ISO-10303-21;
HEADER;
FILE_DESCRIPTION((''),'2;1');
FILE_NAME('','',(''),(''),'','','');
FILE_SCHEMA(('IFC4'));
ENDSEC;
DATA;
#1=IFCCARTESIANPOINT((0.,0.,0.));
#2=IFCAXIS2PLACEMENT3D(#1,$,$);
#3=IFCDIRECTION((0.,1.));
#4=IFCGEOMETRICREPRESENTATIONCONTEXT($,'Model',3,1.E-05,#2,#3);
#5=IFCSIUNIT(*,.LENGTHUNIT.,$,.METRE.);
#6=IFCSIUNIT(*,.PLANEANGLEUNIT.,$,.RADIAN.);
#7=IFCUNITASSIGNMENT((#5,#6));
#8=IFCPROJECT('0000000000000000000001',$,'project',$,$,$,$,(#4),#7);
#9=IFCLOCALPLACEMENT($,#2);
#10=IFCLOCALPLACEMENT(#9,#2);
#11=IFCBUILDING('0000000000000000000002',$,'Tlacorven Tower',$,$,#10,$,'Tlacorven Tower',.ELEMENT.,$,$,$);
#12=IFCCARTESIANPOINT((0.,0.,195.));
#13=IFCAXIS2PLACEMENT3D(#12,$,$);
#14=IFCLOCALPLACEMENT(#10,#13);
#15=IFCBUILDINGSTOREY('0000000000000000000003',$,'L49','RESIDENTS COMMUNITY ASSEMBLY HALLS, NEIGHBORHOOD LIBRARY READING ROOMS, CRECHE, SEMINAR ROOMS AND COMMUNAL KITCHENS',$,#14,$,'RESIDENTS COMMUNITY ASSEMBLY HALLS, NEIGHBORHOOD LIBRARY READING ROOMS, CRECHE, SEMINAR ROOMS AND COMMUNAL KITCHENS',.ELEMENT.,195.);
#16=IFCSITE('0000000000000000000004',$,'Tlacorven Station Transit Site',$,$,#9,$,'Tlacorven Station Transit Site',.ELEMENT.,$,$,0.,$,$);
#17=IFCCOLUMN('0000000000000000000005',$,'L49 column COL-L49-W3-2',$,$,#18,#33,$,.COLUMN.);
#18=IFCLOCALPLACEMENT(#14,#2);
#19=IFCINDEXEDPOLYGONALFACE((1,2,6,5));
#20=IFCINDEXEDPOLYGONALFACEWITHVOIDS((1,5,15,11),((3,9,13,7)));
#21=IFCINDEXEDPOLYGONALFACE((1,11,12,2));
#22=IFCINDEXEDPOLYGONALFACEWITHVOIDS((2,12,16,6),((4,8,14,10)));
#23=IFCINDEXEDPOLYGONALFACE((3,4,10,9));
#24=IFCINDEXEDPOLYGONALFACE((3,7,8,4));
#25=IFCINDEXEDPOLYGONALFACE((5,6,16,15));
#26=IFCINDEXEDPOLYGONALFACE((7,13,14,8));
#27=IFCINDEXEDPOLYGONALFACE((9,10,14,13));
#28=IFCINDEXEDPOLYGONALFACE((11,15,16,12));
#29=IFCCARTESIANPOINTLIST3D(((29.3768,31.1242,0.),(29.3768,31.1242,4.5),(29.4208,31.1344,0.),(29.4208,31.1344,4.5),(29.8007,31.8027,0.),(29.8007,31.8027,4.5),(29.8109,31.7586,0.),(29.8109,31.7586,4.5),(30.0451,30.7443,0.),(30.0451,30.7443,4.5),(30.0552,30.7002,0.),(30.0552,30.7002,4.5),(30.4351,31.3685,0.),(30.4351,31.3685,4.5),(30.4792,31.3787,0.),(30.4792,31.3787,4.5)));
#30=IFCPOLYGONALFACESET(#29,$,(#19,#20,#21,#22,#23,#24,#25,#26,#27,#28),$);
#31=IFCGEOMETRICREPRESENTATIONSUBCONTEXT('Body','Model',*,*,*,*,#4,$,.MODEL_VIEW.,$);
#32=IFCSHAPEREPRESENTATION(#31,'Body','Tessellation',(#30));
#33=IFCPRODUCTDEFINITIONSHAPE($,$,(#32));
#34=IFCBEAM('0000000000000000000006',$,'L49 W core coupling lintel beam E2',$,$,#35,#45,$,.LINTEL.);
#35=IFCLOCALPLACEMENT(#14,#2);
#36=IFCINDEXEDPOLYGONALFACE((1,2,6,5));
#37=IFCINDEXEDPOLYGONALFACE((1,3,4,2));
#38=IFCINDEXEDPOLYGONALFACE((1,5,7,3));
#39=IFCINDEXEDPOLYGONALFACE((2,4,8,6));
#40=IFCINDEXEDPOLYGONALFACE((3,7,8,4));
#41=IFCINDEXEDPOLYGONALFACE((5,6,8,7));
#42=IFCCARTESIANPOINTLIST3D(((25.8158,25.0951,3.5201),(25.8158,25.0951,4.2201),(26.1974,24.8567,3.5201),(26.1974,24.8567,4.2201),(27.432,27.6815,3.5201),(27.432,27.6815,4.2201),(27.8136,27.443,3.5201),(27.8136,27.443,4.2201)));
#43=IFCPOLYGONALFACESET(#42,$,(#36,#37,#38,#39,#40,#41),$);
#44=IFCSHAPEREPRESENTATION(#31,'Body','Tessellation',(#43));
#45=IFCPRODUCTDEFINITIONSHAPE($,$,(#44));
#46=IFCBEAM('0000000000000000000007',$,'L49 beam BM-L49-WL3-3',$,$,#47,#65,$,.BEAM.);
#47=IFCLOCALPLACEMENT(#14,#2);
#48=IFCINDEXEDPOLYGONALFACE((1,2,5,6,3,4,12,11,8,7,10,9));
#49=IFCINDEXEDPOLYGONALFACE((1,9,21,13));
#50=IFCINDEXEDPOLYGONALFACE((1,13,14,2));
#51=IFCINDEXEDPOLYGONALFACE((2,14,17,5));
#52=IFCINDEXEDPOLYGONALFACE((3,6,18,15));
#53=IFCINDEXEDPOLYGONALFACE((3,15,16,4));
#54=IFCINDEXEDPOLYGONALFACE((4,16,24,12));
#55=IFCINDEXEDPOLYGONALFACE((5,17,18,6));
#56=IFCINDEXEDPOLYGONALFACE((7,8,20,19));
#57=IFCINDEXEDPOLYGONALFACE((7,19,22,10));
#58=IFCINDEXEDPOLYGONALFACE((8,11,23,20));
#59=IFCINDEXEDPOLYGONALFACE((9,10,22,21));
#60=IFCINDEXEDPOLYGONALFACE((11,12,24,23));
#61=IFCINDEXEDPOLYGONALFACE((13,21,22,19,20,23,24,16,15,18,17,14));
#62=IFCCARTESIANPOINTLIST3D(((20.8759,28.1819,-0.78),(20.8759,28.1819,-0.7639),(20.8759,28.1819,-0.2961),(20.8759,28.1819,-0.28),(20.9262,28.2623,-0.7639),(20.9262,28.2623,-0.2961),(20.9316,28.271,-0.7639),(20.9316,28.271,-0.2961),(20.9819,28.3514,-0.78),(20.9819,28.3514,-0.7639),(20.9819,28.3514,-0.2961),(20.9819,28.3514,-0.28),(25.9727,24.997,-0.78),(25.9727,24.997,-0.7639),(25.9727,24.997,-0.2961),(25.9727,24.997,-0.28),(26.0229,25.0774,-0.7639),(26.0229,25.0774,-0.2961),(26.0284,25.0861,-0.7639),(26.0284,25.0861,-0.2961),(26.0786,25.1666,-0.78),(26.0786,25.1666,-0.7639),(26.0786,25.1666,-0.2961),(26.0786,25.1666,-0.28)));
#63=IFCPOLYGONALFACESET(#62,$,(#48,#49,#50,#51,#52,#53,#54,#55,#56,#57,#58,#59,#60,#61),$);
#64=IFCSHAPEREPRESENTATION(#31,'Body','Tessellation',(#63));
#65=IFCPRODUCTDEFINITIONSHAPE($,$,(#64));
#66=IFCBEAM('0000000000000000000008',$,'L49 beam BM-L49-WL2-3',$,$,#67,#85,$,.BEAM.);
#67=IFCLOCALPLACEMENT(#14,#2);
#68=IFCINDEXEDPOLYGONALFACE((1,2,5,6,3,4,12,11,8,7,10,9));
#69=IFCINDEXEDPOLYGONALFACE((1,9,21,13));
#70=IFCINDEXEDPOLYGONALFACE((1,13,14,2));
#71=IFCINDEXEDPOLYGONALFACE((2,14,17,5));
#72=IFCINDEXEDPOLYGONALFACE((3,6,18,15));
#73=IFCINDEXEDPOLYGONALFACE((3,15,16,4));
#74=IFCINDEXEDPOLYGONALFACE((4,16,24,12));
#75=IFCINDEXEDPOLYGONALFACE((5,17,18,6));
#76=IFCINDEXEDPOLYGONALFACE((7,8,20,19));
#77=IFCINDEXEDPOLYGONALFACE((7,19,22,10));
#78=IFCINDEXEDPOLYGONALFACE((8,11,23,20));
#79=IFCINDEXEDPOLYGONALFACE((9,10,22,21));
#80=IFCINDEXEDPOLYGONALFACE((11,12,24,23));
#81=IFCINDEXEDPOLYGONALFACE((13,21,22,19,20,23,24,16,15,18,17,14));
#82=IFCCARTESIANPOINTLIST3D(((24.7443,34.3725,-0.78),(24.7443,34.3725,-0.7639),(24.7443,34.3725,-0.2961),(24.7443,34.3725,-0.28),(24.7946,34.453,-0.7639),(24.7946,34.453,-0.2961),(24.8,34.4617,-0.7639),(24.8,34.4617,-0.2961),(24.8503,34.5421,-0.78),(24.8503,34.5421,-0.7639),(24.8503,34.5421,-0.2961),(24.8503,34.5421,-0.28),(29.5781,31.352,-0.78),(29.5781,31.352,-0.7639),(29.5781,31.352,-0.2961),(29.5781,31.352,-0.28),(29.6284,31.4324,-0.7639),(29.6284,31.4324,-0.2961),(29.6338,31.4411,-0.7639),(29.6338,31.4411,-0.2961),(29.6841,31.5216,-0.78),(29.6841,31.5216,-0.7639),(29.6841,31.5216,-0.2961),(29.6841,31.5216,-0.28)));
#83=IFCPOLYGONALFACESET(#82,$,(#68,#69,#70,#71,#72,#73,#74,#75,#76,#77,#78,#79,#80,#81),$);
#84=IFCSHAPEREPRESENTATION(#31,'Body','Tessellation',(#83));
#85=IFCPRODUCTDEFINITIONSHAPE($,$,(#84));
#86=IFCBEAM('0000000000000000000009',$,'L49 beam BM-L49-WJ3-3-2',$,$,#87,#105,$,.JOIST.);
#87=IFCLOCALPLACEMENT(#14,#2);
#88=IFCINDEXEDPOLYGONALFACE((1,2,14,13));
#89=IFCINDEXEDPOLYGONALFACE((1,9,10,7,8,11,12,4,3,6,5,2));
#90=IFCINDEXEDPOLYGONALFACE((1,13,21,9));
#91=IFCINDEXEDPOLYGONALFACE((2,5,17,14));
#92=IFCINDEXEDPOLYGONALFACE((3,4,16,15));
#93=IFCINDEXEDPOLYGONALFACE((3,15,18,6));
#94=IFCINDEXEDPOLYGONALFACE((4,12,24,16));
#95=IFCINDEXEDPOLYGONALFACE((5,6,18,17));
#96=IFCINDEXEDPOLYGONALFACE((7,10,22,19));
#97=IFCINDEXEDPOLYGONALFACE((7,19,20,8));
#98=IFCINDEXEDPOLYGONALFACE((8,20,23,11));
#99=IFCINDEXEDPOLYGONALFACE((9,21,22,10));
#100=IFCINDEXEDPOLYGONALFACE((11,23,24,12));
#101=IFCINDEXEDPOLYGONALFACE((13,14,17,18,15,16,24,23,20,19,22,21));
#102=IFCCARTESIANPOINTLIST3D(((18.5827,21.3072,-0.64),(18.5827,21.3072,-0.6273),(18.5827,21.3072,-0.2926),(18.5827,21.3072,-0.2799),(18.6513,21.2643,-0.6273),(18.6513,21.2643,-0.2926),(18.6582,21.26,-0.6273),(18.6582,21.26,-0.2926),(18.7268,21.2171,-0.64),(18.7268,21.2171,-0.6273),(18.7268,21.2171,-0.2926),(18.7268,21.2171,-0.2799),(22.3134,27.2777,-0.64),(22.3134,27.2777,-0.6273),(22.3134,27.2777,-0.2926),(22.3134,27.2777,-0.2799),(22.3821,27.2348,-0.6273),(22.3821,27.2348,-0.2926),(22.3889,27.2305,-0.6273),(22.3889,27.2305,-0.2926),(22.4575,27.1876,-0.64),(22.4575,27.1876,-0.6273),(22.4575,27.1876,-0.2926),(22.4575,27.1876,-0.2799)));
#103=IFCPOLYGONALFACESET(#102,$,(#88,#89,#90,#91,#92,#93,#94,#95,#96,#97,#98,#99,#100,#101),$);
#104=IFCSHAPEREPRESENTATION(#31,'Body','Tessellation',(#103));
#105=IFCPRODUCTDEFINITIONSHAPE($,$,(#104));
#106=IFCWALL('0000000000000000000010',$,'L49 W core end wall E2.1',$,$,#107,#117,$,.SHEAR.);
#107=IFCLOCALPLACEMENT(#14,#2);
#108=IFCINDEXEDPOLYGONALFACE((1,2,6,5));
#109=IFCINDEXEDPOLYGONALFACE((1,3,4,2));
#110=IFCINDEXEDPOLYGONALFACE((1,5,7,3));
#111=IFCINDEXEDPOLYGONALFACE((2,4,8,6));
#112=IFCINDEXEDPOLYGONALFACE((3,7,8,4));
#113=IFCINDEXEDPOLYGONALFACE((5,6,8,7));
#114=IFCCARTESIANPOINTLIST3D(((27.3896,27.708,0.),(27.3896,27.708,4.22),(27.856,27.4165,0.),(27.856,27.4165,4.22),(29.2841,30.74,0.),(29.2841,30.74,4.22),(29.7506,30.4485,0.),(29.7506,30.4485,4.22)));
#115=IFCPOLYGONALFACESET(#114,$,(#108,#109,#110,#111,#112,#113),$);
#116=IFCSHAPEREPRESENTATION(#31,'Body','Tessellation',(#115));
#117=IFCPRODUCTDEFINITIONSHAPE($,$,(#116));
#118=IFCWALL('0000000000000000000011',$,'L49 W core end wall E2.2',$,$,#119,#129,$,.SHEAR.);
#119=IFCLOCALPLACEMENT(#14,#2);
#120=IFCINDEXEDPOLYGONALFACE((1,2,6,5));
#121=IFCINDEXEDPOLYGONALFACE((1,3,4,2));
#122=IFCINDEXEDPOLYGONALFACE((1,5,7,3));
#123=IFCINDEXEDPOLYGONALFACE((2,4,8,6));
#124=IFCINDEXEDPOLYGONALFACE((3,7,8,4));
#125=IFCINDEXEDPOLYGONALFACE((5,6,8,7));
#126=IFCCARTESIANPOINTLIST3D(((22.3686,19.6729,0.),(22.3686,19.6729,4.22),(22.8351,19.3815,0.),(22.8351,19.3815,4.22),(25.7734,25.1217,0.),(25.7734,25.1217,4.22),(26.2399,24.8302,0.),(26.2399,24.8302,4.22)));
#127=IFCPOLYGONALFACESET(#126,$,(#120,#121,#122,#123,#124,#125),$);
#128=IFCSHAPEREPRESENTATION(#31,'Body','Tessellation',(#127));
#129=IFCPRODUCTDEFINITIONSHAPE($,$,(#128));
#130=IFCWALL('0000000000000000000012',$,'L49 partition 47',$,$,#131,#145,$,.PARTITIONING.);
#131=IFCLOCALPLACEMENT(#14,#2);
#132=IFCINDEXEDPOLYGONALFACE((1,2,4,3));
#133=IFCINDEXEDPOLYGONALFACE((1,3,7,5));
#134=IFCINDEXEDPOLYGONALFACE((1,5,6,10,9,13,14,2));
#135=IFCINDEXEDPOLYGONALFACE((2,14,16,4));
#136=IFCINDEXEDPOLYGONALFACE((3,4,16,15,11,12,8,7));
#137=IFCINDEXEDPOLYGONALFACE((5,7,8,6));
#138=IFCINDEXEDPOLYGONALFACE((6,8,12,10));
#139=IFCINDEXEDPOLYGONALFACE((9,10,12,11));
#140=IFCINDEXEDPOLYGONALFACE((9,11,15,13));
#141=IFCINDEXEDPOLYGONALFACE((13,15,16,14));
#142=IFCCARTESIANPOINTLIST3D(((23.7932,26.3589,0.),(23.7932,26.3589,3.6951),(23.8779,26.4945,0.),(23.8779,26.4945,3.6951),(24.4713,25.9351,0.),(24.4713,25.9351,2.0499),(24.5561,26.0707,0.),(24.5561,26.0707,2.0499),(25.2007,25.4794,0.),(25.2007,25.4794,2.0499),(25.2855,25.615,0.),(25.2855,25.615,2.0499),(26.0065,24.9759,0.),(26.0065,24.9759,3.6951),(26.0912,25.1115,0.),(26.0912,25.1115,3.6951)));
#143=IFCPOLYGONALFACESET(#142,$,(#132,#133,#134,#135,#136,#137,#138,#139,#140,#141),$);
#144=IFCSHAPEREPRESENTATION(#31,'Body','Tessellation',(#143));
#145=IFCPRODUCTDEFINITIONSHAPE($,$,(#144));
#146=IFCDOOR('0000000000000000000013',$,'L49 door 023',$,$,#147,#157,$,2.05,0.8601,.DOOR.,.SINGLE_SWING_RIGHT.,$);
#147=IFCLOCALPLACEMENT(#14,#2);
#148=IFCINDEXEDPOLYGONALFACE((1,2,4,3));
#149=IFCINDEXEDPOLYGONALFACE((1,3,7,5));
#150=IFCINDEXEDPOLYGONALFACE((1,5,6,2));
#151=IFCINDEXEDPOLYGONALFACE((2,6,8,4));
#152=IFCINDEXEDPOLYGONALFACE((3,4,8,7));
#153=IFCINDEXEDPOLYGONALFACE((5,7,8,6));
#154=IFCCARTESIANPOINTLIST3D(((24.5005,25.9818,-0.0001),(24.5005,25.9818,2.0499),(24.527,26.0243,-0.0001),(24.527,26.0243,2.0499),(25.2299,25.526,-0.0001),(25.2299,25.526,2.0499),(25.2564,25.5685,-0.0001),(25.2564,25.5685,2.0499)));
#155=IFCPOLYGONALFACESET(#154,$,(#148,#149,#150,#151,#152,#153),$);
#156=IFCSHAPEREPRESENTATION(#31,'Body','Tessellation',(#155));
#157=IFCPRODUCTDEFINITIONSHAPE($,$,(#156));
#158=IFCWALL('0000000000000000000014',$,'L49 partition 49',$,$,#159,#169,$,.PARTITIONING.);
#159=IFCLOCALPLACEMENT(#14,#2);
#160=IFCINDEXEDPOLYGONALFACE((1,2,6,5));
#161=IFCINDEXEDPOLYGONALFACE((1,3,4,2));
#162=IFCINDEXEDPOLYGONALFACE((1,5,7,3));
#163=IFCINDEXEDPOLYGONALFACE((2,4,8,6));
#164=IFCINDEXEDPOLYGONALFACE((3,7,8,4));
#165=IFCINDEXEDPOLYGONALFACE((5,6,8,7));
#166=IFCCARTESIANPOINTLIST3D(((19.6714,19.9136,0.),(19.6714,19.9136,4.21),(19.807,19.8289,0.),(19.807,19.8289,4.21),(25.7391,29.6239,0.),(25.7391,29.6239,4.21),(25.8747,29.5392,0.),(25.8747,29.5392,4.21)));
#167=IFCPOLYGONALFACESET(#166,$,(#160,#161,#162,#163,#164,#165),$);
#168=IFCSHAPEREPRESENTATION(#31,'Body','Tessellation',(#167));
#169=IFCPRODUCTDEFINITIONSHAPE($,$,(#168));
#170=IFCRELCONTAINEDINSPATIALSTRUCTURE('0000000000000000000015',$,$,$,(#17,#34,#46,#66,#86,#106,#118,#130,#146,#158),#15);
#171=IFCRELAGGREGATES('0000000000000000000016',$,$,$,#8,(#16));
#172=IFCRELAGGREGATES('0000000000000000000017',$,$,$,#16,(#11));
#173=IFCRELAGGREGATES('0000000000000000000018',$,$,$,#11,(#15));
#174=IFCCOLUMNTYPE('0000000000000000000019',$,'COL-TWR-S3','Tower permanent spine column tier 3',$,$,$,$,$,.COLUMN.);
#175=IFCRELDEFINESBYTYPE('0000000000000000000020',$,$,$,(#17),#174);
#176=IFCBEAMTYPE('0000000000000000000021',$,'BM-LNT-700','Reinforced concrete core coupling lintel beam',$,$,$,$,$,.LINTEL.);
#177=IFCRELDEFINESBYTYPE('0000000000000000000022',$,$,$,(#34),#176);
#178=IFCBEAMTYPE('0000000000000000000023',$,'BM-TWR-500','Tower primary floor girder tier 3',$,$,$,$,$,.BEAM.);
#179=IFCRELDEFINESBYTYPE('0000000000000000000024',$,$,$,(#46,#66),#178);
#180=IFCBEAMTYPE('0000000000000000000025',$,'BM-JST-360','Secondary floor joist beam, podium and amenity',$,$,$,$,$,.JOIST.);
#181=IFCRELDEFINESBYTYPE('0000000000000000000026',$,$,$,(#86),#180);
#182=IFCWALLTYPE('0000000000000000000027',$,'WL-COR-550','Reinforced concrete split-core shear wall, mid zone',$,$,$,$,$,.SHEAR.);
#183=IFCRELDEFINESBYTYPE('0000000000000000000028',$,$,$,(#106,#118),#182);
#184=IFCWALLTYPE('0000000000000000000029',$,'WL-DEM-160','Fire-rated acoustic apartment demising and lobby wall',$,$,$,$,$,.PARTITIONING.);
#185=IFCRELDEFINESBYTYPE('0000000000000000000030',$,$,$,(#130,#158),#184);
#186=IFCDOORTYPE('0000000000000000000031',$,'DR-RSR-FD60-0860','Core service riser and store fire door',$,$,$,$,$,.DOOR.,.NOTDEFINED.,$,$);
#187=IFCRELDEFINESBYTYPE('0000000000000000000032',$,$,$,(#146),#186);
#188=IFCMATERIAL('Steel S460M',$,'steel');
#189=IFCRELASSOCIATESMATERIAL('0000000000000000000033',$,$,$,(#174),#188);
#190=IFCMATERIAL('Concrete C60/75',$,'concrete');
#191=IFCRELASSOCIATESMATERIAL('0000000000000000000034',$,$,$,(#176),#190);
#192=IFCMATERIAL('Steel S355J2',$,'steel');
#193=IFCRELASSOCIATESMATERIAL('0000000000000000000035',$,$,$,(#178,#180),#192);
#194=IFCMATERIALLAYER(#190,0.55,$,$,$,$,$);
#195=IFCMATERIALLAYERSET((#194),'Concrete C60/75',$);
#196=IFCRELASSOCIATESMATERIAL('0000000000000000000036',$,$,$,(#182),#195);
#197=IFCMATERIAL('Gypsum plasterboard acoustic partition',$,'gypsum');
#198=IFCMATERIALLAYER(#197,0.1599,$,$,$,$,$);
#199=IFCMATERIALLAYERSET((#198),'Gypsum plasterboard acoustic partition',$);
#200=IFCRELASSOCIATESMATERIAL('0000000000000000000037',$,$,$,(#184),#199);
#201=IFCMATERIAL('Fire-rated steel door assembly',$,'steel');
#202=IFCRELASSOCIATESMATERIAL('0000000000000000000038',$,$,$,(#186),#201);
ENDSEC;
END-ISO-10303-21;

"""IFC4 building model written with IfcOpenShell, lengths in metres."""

from ifc_helpers import new_model, si_unit, direction, frame, frame_2d, origin, origin_2d, place, context, subcontext, project, spatial, rectangle, hollow_rectangle, i_section, extrude, source, transform, mapped, material, layer, layer_set, material_profile, profile_set, type_object, element, fill, save


model = new_model("IFC4")

# Units and contexts
model_context = context("Model", 3, precision=1e-05, world=origin(), true_north=direction((0.0, 1.0)))
body_context = subcontext(model_context, "Body", "Model", "MODEL_VIEW")
ifc_project = project(units=[si_unit("LENGTHUNIT", "METRE"), si_unit("PLANEANGLEUNIT", "RADIAN")], contexts=[model_context])

# Site, building, storey
site_placement = place(None, origin())
site = spatial("IfcSite", under=ifc_project, at=site_placement, Name="Tlacorven Station Transit Site", LongName="Tlacorven Station Transit Site", CompositionType="ELEMENT", RefElevation=0.0)
building_placement = place(site_placement, origin())
building = spatial("IfcBuilding", under=site, at=building_placement, Name="Tlacorven Tower", LongName="Tlacorven Tower", CompositionType="ELEMENT")
storey_placement = place(building_placement, frame((0.0, 0.0, 195.0)))
storey = spatial("IfcBuildingStorey", under=building, at=storey_placement, Name="L49", Description="RESIDENTS COMMUNITY ASSEMBLY HALLS, NEIGHBORHOOD LIBRARY READING ROOMS, CRECHE, SEMINAR ROOMS AND COMMUNAL KITCHENS", LongName="RESIDENTS COMMUNITY ASSEMBLY HALLS, NEIGHBORHOOD LIBRARY READING ROOMS, CRECHE, SEMINAR ROOMS AND COMMUNAL KITCHENS", CompositionType="ELEMENT", Elevation=195.0)

# Column
ifc_material_1 = material(Name="Steel S460M", Category="steel")
ifc_material_profile_1 = material_profile(ifc_material_1, hollow_rectangle(XDim=0.8, YDim=0.8, WallThickness=0.032, at=origin_2d()), Name="BOX 800X800X32")
ifc_profile_set_1 = profile_set([ifc_material_profile_1], Name="Steel S460M")
column_type = type_object("IfcColumnType", Name="COL-TWR-S3", Description="Tower permanent spine column tier 3", PredefinedType="COLUMN", material=ifc_profile_set_1)
shared_shape_1 = source(origin(), body_context, "Body", "SweptSolid", [
    extrude(hollow_rectangle(XDim=0.8, YDim=0.8, WallThickness=0.032, at=origin_2d()), origin(), (0.0, 0.0, 1.0), 4.5),
])
column_placement = place(storey_placement, frame((29.928, 31.2515, 0.0), z_axis=(0.0, 0.0, 1.0), x_axis=(-0.848048, 0.529919, 0.0)))
element("IfcColumn", 1, at=column_placement, inside=storey, type_object=column_type, Name="L49 column COL-L49-W3-2", PredefinedType="COLUMN", context=body_context, shape_type="MappedRepresentation", body=[
    mapped(shared_shape_1, transform((0.0, 0.0, 0.0), scale=1.0)),
])

# Beams
ifc_material_2 = material(Name="Concrete C60/75", Category="concrete")
ifc_material_profile_2 = material_profile(ifc_material_2, rectangle(XDim=0.45, YDim=0.7, at=origin_2d()), Name="RC 450X700")
ifc_profile_set_2 = profile_set([ifc_material_profile_2], Name="Concrete C60/75")
beam_type_1 = type_object("IfcBeamType", Name="BM-LNT-700", Description="Reinforced concrete core coupling lintel beam", PredefinedType="LINTEL", material=ifc_profile_set_2)
shared_shape_2 = source(origin(), body_context, "Body", "SweptSolid", [
    extrude(rectangle(XDim=0.45, YDim=0.7, at=origin_2d()), origin(), (0.0, 0.0, 1.0), 3.0498),
])
beam_1_placement = place(storey_placement, frame((27.6228, 27.5623, 3.8701), z_axis=(-0.529927, -0.848043, 0.0), x_axis=(0.848043, -0.529927, 0.0)))
element("IfcBeam", 2, at=beam_1_placement, inside=storey, type_object=beam_type_1, Name="L49 W core coupling lintel beam E2", PredefinedType="LINTEL", context=body_context, shape_type="MappedRepresentation", body=[
    mapped(shared_shape_2, transform((0.0, 0.0, 0.0), scale=1.0)),
])
ifc_material_3 = material(Name="Steel S355J2", Category="steel")
ifc_material_profile_3 = material_profile(ifc_material_3, i_section(OverallWidth=0.2, OverallDepth=0.5, WebThickness=0.0103, FlangeThickness=0.0161, at=origin_2d()), Name="IPE 500")
ifc_profile_set_3 = profile_set([ifc_material_profile_3], Name="Steel S355J2")
beam_type_2 = type_object("IfcBeamType", Name="BM-TWR-500", Description="Tower primary floor girder tier 3", PredefinedType="BEAM", material=ifc_profile_set_3)
shared_shape_3 = source(origin(), body_context, "Body", "SweptSolid", [
    extrude(i_section(OverallWidth=0.2, OverallDepth=0.5, WebThickness=0.0103, FlangeThickness=0.0161, at=origin_2d()), origin(), (0.0, 0.0, 1.0), 6.01),
])
beam_2_placement = place(storey_placement, frame((26.0256, 25.0818, -0.53), z_axis=(-0.848044, 0.529926, 0.0), x_axis=(-0.529926, -0.848044, 0.0)))
element("IfcBeam", 3, at=beam_2_placement, inside=storey, type_object=beam_type_2, Name="L49 beam BM-L49-WL3-3", PredefinedType="BEAM", context=body_context, shape_type="MappedRepresentation", body=[
    mapped(shared_shape_3, transform((0.0, 0.0, 0.0), scale=1.0)),
])
shared_shape_4 = source(origin(), body_context, "Body", "SweptSolid", [
    extrude(i_section(OverallWidth=0.2, OverallDepth=0.5, WebThickness=0.0103, FlangeThickness=0.0161, at=origin_2d()), origin(), (0.0, 0.0, 1.0), 5.7),
])
beam_3_placement = place(storey_placement, frame((29.6311, 31.4368, -0.53), z_axis=(-0.848044, 0.529926, 0.0), x_axis=(-0.529926, -0.848044, 0.0)))
element("IfcBeam", 4, at=beam_3_placement, inside=storey, type_object=beam_type_2, Name="L49 beam BM-L49-WL2-3", PredefinedType="BEAM", context=body_context, shape_type="MappedRepresentation", body=[
    mapped(shared_shape_4, transform((0.0, 0.0, 0.0), scale=1.0)),
])
ifc_material_profile_4 = material_profile(ifc_material_3, i_section(OverallWidth=0.1699, OverallDepth=0.3601, WebThickness=0.0081, FlangeThickness=0.0127, at=origin_2d()), Name="IPE 360")
ifc_profile_set_4 = profile_set([ifc_material_profile_4], Name="Steel S355J2")
beam_type_3 = type_object("IfcBeamType", Name="BM-JST-360", Description="Secondary floor joist beam, podium and amenity", PredefinedType="JOIST", material=ifc_profile_set_4)
shared_shape_5 = source(origin(), body_context, "Body", "SweptSolid", [
    extrude(i_section(OverallWidth=0.1699, OverallDepth=0.3601, WebThickness=0.0081, FlangeThickness=0.0127, at=origin_2d()), origin(), (0.0, 0.0, 1.0), 7.0403),
])
beam_4_placement = place(storey_placement, frame((22.3855, 27.2327, -0.46), z_axis=(-0.529915, -0.848051, 0.0), x_axis=(0.848051, -0.529915, 0.0)))
element("IfcBeam", 5, at=beam_4_placement, inside=storey, type_object=beam_type_3, Name="L49 beam BM-L49-WJ3-3-2", PredefinedType="JOIST", context=body_context, shape_type="MappedRepresentation", body=[
    mapped(shared_shape_5, transform((0.0, 0.0, 0.0), scale=1.0)),
])

# Walls
ifc_layer_1 = layer(ifc_material_2, 0.55)
ifc_layer_set_1 = layer_set([ifc_layer_1], Name="Concrete C60/75")
wall_type_1 = type_object("IfcWallType", Name="WL-COR-550", Description="Reinforced concrete split-core shear wall, mid zone", PredefinedType="SHEAR", material=ifc_layer_set_1)
wall_1_placement = place(storey_placement, frame((29.5173, 30.5942, 0.0), z_axis=(0.0, 0.0, 1.0), x_axis=(-0.529907, -0.848056, 0.0)))
element("IfcWall", 6, at=wall_1_placement, inside=storey, type_object=wall_type_1, Name="L49 W core end wall E2.1", PredefinedType="SHEAR", context=body_context, shape_type="SweptSolid", body=[
    extrude(rectangle(XDim=3.5752, YDim=0.55, at=frame_2d((1.7876, 0.0))), origin(), (0.0, 0.0, 1.0), 4.22),
])
wall_2_placement = place(storey_placement, frame((26.0066, 24.9758, 0.0), z_axis=(0.0, 0.0, 1.0), x_axis=(-0.529924, -0.848045, 0.0)))
element("IfcWall", 7, at=wall_2_placement, inside=storey, type_object=wall_type_1, Name="L49 W core end wall E2.2", PredefinedType="SHEAR", context=body_context, shape_type="SweptSolid", body=[
    extrude(rectangle(XDim=6.425, YDim=0.55, at=frame_2d((3.2124, 0.0))), origin(), (0.0, 0.0, 1.0), 4.22),
])

# Wall, opening, door
ifc_material_4 = material(Name="Gypsum plasterboard acoustic partition", Category="gypsum")
ifc_layer_2 = layer(ifc_material_4, 0.1599)
ifc_layer_set_2 = layer_set([ifc_layer_2], Name="Gypsum plasterboard acoustic partition")
wall_type_2 = type_object("IfcWallType", Name="WL-DEM-160", Description="Fire-rated acoustic apartment demising and lobby wall", PredefinedType="PARTITIONING", material=ifc_layer_set_2)
wall_3_placement = place(storey_placement, frame((26.0488, 25.0437, 0.0), z_axis=(0.0, 0.0, 1.0), x_axis=(-0.848051, 0.529915, 0.0)))
wall_3 = element("IfcWall", 8, at=wall_3_placement, inside=storey, type_object=wall_type_2, Name="L49 partition 47", PredefinedType="PARTITIONING", context=body_context, shape_type="SweptSolid", body=[
    extrude(rectangle(XDim=2.6099, YDim=0.1599, at=frame_2d((1.3049, 0.0))), origin(), (0.0, 0.0, 1.0), 3.6951),
])
opening_1_placement = place(wall_3_placement, frame((0.95, 0.0, 0.0)))
opening_1 = element("IfcOpeningElement", 9, at=opening_1_placement, cuts=wall_3, PredefinedType="OPENING", context=body_context, shape_type="SweptSolid", body=[
    extrude(rectangle(XDim=0.8601, YDim=2.05, at=frame_2d((0.4302, 1.0249))), frame((0.0, 0.0898, 0.0), z_axis=(0.0, -1.0, 0.0), x_axis=(1.0, 0.0, 0.0)), (0.0, 0.0, 1.0), 0.1799),
])
ifc_material_5 = material(Name="Fire-rated steel door assembly", Category="steel")
door_type_1 = type_object("IfcDoorType", Name="DR-RSR-FD60-0860", Description="Core service riser and store fire door", OperationType="NOTDEFINED", PredefinedType="DOOR", material=ifc_material_5)
shared_shape_6 = source(origin(), body_context, "Body", "SweptSolid", [
    extrude(rectangle(XDim=0.8601, YDim=2.05, at=frame_2d((0.4302, 1.0249))), frame((0.0, 0.0249, 0.0), z_axis=(0.0, -1.0, 0.0), x_axis=(1.0, 0.0, 0.0)), (0.0, 0.0, 1.0), 0.05),
])
door_1_placement = place(opening_1_placement, origin())
door_1 = element("IfcDoor", 10, at=door_1_placement, inside=storey, type_object=door_type_1, Name="L49 door 023", OperationType="SINGLE_SWING_RIGHT", OverallHeight=2.05, OverallWidth=0.8601, PredefinedType="DOOR", context=body_context, shape_type="MappedRepresentation", body=[
    mapped(shared_shape_6, transform((0.0, 0.0, 0.0), scale=1.0)),
])
fill(opening_1, door_1)

# Wall
wall_4_placement = place(storey_placement, frame((25.8069, 29.5815, 0.0), z_axis=(0.0, 0.0, 1.0), x_axis=(-0.52992, -0.848047, 0.0)))
element("IfcWall", 11, at=wall_4_placement, inside=storey, type_object=wall_type_2, Name="L49 partition 49", PredefinedType="PARTITIONING", context=body_context, shape_type="SweptSolid", body=[
    extrude(rectangle(XDim=11.4502, YDim=0.1599, at=frame_2d((5.7251, 0.0))), origin(), (0.0, 0.0, 1.0), 4.21),
])

save(model, "model.ifc")
